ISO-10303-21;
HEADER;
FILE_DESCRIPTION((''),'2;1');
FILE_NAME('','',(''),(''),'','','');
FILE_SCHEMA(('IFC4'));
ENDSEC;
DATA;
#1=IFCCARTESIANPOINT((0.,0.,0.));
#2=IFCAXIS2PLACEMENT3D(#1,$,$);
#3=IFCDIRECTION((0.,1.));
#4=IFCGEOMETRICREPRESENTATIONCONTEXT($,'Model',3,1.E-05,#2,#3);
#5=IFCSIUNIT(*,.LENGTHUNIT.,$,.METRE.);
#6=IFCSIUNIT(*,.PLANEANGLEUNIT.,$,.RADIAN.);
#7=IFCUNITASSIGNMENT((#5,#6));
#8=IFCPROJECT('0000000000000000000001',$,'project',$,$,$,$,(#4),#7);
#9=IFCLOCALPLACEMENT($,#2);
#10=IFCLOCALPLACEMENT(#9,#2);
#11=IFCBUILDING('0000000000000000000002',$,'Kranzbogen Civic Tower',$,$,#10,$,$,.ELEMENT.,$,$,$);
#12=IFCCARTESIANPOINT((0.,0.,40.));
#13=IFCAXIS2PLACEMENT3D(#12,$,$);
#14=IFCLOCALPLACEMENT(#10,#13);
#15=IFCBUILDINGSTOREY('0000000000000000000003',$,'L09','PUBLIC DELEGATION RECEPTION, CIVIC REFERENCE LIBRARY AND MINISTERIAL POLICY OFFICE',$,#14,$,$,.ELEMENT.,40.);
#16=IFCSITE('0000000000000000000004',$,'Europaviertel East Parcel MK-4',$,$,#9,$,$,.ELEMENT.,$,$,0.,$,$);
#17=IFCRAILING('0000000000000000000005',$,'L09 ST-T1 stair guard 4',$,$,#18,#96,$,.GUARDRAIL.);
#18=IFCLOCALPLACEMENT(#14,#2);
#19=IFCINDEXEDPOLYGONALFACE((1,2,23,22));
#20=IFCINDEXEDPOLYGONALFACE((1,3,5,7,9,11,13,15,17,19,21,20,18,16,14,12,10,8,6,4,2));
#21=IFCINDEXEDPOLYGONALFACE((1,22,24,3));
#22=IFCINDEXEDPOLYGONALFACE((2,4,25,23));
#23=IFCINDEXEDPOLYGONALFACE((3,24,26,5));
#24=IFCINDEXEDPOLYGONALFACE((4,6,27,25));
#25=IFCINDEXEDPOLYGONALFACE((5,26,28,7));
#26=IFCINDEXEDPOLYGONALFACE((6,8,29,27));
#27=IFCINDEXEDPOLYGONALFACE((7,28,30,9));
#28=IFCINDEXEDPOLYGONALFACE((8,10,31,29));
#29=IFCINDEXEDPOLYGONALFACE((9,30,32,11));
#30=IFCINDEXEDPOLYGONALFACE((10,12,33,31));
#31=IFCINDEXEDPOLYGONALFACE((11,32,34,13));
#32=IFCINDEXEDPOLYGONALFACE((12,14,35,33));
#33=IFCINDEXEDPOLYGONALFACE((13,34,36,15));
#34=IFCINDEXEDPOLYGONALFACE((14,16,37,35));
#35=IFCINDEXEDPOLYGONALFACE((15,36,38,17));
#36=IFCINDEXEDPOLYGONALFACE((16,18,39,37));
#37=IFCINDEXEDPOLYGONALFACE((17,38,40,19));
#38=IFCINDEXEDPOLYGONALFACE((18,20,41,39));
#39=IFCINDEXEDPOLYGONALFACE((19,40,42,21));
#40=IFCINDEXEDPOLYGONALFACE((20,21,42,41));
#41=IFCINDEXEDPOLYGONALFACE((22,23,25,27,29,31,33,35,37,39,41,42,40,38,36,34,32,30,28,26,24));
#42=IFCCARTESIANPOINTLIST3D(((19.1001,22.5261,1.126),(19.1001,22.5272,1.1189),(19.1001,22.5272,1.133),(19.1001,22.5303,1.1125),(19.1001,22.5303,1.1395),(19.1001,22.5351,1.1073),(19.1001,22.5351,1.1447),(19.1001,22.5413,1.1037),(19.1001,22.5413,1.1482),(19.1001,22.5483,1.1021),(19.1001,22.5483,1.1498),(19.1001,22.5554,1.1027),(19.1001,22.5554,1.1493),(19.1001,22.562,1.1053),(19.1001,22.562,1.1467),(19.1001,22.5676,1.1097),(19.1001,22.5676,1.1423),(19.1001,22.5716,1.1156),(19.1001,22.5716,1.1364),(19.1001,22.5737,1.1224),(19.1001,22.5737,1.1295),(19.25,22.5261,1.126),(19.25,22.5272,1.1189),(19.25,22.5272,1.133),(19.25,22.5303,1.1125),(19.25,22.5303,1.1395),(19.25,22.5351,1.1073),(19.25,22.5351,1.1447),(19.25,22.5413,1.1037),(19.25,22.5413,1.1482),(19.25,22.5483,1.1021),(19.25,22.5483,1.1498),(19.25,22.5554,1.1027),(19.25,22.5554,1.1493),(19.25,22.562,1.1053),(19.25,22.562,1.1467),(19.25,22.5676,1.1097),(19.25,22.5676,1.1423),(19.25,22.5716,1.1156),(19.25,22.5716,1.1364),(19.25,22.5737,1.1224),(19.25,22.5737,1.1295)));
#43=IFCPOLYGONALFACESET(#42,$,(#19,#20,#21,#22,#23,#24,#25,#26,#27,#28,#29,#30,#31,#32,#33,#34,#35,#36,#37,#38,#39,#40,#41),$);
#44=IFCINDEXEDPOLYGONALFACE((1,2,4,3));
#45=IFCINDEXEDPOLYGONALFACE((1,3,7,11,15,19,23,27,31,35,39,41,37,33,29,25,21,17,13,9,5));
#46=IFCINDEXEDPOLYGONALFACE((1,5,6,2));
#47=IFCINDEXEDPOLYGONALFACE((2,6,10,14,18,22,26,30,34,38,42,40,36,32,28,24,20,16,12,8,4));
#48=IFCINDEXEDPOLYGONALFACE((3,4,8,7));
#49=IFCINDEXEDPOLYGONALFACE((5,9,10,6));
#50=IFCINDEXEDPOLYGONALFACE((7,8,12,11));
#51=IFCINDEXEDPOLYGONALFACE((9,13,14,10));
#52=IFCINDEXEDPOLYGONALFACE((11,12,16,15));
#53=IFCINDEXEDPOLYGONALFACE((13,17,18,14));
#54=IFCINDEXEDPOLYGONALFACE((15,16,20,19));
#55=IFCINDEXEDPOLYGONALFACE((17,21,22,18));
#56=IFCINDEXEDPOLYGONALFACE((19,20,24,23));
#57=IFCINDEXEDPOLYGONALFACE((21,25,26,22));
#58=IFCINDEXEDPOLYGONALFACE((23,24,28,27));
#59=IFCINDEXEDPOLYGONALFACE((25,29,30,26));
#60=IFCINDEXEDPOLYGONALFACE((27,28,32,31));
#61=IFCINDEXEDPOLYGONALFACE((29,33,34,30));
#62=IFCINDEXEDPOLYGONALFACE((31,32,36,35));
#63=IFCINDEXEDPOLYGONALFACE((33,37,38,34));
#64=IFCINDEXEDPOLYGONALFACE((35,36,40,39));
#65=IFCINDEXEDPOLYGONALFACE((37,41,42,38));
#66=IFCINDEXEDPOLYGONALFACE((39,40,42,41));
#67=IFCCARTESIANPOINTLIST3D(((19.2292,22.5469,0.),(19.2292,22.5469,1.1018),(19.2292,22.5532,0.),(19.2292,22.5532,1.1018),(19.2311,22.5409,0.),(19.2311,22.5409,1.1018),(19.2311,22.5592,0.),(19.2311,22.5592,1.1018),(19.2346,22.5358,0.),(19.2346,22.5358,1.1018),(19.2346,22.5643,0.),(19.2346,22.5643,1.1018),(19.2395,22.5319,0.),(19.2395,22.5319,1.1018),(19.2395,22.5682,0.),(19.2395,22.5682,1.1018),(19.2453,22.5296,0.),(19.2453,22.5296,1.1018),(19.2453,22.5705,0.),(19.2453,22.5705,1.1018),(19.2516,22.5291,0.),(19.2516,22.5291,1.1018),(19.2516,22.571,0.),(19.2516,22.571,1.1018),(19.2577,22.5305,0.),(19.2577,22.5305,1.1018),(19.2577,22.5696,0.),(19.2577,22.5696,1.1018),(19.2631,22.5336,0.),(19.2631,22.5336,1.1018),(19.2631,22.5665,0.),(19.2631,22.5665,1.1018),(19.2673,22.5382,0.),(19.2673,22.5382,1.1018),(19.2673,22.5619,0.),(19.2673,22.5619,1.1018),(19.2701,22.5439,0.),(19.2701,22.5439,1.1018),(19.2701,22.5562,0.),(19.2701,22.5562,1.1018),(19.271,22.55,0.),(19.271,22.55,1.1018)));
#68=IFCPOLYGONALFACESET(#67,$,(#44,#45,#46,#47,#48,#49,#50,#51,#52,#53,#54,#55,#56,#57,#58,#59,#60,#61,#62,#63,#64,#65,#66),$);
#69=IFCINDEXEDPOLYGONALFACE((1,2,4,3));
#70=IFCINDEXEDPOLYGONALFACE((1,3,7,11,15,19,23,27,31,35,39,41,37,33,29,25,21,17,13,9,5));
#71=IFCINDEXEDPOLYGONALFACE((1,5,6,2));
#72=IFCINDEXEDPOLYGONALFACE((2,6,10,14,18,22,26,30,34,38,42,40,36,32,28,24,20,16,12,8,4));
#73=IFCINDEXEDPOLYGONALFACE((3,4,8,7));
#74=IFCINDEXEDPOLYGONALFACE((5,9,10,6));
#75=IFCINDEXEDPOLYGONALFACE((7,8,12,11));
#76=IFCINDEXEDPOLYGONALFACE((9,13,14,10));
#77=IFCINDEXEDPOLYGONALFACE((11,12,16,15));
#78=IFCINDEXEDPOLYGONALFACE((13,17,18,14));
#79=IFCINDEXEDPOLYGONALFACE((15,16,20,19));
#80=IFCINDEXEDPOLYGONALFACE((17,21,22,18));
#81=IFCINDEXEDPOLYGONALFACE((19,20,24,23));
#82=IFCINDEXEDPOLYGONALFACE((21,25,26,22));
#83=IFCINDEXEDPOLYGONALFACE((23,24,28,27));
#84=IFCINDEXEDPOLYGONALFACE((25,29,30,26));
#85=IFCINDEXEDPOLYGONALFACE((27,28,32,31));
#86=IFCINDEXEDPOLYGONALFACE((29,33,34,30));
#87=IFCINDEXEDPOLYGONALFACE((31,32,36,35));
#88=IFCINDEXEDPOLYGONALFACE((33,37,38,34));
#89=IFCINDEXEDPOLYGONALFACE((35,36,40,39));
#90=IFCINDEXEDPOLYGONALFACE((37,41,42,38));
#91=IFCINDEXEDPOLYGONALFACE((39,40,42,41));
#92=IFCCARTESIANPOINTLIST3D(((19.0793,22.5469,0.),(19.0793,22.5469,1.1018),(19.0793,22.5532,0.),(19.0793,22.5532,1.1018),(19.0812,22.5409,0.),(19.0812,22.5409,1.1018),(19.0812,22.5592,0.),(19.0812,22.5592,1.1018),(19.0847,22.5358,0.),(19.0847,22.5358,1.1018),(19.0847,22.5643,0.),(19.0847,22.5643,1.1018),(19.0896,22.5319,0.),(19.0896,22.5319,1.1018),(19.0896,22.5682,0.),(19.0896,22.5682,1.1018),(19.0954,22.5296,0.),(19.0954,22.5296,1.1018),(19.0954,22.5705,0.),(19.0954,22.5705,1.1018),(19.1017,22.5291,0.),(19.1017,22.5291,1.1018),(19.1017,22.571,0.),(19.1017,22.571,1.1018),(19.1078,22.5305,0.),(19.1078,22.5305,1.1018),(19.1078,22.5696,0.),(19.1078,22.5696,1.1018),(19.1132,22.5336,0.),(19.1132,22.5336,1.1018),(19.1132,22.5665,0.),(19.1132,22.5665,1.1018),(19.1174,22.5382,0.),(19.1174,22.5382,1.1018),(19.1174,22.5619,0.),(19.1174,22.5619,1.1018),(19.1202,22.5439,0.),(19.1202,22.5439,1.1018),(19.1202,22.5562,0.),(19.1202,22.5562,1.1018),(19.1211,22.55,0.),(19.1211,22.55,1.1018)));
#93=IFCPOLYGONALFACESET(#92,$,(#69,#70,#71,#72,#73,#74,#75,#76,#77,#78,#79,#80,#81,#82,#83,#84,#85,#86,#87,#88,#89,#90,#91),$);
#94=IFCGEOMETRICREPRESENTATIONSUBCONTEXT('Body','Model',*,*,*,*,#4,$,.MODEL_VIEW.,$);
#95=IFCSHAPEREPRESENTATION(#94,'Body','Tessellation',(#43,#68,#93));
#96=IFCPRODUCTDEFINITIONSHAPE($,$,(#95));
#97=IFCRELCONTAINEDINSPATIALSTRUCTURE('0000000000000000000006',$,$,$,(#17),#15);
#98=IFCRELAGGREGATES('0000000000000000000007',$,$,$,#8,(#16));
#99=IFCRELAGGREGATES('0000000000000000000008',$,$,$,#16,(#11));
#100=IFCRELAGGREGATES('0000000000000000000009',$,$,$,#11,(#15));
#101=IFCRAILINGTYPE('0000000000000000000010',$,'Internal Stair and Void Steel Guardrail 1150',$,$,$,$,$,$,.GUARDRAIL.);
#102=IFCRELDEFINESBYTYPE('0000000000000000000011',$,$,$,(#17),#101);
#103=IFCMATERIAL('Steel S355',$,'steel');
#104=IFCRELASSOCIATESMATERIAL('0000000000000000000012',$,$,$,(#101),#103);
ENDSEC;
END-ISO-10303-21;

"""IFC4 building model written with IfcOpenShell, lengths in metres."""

from ifc_helpers import new_model, si_unit, direction, frame, origin, origin_2d, place, context, subcontext, project, spatial, circle, extrude, material, type_object, element, save


model = new_model("IFC4")

# Units and contexts
model_context = context("Model", 3, precision=1e-05, world=origin(), true_north=direction((0.0, 1.0)))
body_context = subcontext(model_context, "Body", "Model", "MODEL_VIEW")
ifc_project = project(units=[si_unit("LENGTHUNIT", "METRE"), si_unit("PLANEANGLEUNIT", "RADIAN")], contexts=[model_context])

# Site, building, storey
site_placement = place(None, origin())
site = spatial("IfcSite", under=ifc_project, at=site_placement, Name="Europaviertel East Parcel MK-4", CompositionType="ELEMENT", RefElevation=0.0)
building_placement = place(site_placement, origin())
building = spatial("IfcBuilding", under=site, at=building_placement, Name="Kranzbogen Civic Tower", CompositionType="ELEMENT")
storey_placement = place(building_placement, frame((0.0, 0.0, 40.0)))
storey = spatial("IfcBuildingStorey", under=building, at=storey_placement, Name="L09", Description="PUBLIC DELEGATION RECEPTION, CIVIC REFERENCE LIBRARY AND MINISTERIAL POLICY OFFICE", CompositionType="ELEMENT", Elevation=40.0)

# Shared definitions
ifc_material_1 = material(Name="Steel S355", Category="steel")

# Railing
railing_type_1 = type_object("IfcRailingType", Name="Internal Stair and Void Steel Guardrail 1150", PredefinedType="GUARDRAIL", material=ifc_material_1)
railing_1_placement = place(storey_placement, frame((19.25, 22.55, 0.0)))
element("IfcRailing", 1, at=railing_1_placement, inside=storey, type_object=railing_type_1, Name="L09 ST-T1 stair guard 4", PredefinedType="GUARDRAIL", context=body_context, shape_type="SweptSolid", body=[
    extrude(circle(Radius=0.0239, at=origin_2d()), frame((0.0, 0.0, 1.126), z_axis=(-1.0, 0.0, 0.0), x_axis=(0.0, -1.0, 0.0)), (0.0, 0.0, 1.0), 0.1499),
    extrude(circle(Radius=0.021, at=origin_2d()), origin(), (0.0, 0.0, 1.0), 1.1018),
    extrude(circle(Radius=0.021, at=origin_2d()), frame((-0.1499, 0.0, 0.0)), (0.0, 0.0, 1.0), 1.1018),
])

save(model, "model.ifc")
